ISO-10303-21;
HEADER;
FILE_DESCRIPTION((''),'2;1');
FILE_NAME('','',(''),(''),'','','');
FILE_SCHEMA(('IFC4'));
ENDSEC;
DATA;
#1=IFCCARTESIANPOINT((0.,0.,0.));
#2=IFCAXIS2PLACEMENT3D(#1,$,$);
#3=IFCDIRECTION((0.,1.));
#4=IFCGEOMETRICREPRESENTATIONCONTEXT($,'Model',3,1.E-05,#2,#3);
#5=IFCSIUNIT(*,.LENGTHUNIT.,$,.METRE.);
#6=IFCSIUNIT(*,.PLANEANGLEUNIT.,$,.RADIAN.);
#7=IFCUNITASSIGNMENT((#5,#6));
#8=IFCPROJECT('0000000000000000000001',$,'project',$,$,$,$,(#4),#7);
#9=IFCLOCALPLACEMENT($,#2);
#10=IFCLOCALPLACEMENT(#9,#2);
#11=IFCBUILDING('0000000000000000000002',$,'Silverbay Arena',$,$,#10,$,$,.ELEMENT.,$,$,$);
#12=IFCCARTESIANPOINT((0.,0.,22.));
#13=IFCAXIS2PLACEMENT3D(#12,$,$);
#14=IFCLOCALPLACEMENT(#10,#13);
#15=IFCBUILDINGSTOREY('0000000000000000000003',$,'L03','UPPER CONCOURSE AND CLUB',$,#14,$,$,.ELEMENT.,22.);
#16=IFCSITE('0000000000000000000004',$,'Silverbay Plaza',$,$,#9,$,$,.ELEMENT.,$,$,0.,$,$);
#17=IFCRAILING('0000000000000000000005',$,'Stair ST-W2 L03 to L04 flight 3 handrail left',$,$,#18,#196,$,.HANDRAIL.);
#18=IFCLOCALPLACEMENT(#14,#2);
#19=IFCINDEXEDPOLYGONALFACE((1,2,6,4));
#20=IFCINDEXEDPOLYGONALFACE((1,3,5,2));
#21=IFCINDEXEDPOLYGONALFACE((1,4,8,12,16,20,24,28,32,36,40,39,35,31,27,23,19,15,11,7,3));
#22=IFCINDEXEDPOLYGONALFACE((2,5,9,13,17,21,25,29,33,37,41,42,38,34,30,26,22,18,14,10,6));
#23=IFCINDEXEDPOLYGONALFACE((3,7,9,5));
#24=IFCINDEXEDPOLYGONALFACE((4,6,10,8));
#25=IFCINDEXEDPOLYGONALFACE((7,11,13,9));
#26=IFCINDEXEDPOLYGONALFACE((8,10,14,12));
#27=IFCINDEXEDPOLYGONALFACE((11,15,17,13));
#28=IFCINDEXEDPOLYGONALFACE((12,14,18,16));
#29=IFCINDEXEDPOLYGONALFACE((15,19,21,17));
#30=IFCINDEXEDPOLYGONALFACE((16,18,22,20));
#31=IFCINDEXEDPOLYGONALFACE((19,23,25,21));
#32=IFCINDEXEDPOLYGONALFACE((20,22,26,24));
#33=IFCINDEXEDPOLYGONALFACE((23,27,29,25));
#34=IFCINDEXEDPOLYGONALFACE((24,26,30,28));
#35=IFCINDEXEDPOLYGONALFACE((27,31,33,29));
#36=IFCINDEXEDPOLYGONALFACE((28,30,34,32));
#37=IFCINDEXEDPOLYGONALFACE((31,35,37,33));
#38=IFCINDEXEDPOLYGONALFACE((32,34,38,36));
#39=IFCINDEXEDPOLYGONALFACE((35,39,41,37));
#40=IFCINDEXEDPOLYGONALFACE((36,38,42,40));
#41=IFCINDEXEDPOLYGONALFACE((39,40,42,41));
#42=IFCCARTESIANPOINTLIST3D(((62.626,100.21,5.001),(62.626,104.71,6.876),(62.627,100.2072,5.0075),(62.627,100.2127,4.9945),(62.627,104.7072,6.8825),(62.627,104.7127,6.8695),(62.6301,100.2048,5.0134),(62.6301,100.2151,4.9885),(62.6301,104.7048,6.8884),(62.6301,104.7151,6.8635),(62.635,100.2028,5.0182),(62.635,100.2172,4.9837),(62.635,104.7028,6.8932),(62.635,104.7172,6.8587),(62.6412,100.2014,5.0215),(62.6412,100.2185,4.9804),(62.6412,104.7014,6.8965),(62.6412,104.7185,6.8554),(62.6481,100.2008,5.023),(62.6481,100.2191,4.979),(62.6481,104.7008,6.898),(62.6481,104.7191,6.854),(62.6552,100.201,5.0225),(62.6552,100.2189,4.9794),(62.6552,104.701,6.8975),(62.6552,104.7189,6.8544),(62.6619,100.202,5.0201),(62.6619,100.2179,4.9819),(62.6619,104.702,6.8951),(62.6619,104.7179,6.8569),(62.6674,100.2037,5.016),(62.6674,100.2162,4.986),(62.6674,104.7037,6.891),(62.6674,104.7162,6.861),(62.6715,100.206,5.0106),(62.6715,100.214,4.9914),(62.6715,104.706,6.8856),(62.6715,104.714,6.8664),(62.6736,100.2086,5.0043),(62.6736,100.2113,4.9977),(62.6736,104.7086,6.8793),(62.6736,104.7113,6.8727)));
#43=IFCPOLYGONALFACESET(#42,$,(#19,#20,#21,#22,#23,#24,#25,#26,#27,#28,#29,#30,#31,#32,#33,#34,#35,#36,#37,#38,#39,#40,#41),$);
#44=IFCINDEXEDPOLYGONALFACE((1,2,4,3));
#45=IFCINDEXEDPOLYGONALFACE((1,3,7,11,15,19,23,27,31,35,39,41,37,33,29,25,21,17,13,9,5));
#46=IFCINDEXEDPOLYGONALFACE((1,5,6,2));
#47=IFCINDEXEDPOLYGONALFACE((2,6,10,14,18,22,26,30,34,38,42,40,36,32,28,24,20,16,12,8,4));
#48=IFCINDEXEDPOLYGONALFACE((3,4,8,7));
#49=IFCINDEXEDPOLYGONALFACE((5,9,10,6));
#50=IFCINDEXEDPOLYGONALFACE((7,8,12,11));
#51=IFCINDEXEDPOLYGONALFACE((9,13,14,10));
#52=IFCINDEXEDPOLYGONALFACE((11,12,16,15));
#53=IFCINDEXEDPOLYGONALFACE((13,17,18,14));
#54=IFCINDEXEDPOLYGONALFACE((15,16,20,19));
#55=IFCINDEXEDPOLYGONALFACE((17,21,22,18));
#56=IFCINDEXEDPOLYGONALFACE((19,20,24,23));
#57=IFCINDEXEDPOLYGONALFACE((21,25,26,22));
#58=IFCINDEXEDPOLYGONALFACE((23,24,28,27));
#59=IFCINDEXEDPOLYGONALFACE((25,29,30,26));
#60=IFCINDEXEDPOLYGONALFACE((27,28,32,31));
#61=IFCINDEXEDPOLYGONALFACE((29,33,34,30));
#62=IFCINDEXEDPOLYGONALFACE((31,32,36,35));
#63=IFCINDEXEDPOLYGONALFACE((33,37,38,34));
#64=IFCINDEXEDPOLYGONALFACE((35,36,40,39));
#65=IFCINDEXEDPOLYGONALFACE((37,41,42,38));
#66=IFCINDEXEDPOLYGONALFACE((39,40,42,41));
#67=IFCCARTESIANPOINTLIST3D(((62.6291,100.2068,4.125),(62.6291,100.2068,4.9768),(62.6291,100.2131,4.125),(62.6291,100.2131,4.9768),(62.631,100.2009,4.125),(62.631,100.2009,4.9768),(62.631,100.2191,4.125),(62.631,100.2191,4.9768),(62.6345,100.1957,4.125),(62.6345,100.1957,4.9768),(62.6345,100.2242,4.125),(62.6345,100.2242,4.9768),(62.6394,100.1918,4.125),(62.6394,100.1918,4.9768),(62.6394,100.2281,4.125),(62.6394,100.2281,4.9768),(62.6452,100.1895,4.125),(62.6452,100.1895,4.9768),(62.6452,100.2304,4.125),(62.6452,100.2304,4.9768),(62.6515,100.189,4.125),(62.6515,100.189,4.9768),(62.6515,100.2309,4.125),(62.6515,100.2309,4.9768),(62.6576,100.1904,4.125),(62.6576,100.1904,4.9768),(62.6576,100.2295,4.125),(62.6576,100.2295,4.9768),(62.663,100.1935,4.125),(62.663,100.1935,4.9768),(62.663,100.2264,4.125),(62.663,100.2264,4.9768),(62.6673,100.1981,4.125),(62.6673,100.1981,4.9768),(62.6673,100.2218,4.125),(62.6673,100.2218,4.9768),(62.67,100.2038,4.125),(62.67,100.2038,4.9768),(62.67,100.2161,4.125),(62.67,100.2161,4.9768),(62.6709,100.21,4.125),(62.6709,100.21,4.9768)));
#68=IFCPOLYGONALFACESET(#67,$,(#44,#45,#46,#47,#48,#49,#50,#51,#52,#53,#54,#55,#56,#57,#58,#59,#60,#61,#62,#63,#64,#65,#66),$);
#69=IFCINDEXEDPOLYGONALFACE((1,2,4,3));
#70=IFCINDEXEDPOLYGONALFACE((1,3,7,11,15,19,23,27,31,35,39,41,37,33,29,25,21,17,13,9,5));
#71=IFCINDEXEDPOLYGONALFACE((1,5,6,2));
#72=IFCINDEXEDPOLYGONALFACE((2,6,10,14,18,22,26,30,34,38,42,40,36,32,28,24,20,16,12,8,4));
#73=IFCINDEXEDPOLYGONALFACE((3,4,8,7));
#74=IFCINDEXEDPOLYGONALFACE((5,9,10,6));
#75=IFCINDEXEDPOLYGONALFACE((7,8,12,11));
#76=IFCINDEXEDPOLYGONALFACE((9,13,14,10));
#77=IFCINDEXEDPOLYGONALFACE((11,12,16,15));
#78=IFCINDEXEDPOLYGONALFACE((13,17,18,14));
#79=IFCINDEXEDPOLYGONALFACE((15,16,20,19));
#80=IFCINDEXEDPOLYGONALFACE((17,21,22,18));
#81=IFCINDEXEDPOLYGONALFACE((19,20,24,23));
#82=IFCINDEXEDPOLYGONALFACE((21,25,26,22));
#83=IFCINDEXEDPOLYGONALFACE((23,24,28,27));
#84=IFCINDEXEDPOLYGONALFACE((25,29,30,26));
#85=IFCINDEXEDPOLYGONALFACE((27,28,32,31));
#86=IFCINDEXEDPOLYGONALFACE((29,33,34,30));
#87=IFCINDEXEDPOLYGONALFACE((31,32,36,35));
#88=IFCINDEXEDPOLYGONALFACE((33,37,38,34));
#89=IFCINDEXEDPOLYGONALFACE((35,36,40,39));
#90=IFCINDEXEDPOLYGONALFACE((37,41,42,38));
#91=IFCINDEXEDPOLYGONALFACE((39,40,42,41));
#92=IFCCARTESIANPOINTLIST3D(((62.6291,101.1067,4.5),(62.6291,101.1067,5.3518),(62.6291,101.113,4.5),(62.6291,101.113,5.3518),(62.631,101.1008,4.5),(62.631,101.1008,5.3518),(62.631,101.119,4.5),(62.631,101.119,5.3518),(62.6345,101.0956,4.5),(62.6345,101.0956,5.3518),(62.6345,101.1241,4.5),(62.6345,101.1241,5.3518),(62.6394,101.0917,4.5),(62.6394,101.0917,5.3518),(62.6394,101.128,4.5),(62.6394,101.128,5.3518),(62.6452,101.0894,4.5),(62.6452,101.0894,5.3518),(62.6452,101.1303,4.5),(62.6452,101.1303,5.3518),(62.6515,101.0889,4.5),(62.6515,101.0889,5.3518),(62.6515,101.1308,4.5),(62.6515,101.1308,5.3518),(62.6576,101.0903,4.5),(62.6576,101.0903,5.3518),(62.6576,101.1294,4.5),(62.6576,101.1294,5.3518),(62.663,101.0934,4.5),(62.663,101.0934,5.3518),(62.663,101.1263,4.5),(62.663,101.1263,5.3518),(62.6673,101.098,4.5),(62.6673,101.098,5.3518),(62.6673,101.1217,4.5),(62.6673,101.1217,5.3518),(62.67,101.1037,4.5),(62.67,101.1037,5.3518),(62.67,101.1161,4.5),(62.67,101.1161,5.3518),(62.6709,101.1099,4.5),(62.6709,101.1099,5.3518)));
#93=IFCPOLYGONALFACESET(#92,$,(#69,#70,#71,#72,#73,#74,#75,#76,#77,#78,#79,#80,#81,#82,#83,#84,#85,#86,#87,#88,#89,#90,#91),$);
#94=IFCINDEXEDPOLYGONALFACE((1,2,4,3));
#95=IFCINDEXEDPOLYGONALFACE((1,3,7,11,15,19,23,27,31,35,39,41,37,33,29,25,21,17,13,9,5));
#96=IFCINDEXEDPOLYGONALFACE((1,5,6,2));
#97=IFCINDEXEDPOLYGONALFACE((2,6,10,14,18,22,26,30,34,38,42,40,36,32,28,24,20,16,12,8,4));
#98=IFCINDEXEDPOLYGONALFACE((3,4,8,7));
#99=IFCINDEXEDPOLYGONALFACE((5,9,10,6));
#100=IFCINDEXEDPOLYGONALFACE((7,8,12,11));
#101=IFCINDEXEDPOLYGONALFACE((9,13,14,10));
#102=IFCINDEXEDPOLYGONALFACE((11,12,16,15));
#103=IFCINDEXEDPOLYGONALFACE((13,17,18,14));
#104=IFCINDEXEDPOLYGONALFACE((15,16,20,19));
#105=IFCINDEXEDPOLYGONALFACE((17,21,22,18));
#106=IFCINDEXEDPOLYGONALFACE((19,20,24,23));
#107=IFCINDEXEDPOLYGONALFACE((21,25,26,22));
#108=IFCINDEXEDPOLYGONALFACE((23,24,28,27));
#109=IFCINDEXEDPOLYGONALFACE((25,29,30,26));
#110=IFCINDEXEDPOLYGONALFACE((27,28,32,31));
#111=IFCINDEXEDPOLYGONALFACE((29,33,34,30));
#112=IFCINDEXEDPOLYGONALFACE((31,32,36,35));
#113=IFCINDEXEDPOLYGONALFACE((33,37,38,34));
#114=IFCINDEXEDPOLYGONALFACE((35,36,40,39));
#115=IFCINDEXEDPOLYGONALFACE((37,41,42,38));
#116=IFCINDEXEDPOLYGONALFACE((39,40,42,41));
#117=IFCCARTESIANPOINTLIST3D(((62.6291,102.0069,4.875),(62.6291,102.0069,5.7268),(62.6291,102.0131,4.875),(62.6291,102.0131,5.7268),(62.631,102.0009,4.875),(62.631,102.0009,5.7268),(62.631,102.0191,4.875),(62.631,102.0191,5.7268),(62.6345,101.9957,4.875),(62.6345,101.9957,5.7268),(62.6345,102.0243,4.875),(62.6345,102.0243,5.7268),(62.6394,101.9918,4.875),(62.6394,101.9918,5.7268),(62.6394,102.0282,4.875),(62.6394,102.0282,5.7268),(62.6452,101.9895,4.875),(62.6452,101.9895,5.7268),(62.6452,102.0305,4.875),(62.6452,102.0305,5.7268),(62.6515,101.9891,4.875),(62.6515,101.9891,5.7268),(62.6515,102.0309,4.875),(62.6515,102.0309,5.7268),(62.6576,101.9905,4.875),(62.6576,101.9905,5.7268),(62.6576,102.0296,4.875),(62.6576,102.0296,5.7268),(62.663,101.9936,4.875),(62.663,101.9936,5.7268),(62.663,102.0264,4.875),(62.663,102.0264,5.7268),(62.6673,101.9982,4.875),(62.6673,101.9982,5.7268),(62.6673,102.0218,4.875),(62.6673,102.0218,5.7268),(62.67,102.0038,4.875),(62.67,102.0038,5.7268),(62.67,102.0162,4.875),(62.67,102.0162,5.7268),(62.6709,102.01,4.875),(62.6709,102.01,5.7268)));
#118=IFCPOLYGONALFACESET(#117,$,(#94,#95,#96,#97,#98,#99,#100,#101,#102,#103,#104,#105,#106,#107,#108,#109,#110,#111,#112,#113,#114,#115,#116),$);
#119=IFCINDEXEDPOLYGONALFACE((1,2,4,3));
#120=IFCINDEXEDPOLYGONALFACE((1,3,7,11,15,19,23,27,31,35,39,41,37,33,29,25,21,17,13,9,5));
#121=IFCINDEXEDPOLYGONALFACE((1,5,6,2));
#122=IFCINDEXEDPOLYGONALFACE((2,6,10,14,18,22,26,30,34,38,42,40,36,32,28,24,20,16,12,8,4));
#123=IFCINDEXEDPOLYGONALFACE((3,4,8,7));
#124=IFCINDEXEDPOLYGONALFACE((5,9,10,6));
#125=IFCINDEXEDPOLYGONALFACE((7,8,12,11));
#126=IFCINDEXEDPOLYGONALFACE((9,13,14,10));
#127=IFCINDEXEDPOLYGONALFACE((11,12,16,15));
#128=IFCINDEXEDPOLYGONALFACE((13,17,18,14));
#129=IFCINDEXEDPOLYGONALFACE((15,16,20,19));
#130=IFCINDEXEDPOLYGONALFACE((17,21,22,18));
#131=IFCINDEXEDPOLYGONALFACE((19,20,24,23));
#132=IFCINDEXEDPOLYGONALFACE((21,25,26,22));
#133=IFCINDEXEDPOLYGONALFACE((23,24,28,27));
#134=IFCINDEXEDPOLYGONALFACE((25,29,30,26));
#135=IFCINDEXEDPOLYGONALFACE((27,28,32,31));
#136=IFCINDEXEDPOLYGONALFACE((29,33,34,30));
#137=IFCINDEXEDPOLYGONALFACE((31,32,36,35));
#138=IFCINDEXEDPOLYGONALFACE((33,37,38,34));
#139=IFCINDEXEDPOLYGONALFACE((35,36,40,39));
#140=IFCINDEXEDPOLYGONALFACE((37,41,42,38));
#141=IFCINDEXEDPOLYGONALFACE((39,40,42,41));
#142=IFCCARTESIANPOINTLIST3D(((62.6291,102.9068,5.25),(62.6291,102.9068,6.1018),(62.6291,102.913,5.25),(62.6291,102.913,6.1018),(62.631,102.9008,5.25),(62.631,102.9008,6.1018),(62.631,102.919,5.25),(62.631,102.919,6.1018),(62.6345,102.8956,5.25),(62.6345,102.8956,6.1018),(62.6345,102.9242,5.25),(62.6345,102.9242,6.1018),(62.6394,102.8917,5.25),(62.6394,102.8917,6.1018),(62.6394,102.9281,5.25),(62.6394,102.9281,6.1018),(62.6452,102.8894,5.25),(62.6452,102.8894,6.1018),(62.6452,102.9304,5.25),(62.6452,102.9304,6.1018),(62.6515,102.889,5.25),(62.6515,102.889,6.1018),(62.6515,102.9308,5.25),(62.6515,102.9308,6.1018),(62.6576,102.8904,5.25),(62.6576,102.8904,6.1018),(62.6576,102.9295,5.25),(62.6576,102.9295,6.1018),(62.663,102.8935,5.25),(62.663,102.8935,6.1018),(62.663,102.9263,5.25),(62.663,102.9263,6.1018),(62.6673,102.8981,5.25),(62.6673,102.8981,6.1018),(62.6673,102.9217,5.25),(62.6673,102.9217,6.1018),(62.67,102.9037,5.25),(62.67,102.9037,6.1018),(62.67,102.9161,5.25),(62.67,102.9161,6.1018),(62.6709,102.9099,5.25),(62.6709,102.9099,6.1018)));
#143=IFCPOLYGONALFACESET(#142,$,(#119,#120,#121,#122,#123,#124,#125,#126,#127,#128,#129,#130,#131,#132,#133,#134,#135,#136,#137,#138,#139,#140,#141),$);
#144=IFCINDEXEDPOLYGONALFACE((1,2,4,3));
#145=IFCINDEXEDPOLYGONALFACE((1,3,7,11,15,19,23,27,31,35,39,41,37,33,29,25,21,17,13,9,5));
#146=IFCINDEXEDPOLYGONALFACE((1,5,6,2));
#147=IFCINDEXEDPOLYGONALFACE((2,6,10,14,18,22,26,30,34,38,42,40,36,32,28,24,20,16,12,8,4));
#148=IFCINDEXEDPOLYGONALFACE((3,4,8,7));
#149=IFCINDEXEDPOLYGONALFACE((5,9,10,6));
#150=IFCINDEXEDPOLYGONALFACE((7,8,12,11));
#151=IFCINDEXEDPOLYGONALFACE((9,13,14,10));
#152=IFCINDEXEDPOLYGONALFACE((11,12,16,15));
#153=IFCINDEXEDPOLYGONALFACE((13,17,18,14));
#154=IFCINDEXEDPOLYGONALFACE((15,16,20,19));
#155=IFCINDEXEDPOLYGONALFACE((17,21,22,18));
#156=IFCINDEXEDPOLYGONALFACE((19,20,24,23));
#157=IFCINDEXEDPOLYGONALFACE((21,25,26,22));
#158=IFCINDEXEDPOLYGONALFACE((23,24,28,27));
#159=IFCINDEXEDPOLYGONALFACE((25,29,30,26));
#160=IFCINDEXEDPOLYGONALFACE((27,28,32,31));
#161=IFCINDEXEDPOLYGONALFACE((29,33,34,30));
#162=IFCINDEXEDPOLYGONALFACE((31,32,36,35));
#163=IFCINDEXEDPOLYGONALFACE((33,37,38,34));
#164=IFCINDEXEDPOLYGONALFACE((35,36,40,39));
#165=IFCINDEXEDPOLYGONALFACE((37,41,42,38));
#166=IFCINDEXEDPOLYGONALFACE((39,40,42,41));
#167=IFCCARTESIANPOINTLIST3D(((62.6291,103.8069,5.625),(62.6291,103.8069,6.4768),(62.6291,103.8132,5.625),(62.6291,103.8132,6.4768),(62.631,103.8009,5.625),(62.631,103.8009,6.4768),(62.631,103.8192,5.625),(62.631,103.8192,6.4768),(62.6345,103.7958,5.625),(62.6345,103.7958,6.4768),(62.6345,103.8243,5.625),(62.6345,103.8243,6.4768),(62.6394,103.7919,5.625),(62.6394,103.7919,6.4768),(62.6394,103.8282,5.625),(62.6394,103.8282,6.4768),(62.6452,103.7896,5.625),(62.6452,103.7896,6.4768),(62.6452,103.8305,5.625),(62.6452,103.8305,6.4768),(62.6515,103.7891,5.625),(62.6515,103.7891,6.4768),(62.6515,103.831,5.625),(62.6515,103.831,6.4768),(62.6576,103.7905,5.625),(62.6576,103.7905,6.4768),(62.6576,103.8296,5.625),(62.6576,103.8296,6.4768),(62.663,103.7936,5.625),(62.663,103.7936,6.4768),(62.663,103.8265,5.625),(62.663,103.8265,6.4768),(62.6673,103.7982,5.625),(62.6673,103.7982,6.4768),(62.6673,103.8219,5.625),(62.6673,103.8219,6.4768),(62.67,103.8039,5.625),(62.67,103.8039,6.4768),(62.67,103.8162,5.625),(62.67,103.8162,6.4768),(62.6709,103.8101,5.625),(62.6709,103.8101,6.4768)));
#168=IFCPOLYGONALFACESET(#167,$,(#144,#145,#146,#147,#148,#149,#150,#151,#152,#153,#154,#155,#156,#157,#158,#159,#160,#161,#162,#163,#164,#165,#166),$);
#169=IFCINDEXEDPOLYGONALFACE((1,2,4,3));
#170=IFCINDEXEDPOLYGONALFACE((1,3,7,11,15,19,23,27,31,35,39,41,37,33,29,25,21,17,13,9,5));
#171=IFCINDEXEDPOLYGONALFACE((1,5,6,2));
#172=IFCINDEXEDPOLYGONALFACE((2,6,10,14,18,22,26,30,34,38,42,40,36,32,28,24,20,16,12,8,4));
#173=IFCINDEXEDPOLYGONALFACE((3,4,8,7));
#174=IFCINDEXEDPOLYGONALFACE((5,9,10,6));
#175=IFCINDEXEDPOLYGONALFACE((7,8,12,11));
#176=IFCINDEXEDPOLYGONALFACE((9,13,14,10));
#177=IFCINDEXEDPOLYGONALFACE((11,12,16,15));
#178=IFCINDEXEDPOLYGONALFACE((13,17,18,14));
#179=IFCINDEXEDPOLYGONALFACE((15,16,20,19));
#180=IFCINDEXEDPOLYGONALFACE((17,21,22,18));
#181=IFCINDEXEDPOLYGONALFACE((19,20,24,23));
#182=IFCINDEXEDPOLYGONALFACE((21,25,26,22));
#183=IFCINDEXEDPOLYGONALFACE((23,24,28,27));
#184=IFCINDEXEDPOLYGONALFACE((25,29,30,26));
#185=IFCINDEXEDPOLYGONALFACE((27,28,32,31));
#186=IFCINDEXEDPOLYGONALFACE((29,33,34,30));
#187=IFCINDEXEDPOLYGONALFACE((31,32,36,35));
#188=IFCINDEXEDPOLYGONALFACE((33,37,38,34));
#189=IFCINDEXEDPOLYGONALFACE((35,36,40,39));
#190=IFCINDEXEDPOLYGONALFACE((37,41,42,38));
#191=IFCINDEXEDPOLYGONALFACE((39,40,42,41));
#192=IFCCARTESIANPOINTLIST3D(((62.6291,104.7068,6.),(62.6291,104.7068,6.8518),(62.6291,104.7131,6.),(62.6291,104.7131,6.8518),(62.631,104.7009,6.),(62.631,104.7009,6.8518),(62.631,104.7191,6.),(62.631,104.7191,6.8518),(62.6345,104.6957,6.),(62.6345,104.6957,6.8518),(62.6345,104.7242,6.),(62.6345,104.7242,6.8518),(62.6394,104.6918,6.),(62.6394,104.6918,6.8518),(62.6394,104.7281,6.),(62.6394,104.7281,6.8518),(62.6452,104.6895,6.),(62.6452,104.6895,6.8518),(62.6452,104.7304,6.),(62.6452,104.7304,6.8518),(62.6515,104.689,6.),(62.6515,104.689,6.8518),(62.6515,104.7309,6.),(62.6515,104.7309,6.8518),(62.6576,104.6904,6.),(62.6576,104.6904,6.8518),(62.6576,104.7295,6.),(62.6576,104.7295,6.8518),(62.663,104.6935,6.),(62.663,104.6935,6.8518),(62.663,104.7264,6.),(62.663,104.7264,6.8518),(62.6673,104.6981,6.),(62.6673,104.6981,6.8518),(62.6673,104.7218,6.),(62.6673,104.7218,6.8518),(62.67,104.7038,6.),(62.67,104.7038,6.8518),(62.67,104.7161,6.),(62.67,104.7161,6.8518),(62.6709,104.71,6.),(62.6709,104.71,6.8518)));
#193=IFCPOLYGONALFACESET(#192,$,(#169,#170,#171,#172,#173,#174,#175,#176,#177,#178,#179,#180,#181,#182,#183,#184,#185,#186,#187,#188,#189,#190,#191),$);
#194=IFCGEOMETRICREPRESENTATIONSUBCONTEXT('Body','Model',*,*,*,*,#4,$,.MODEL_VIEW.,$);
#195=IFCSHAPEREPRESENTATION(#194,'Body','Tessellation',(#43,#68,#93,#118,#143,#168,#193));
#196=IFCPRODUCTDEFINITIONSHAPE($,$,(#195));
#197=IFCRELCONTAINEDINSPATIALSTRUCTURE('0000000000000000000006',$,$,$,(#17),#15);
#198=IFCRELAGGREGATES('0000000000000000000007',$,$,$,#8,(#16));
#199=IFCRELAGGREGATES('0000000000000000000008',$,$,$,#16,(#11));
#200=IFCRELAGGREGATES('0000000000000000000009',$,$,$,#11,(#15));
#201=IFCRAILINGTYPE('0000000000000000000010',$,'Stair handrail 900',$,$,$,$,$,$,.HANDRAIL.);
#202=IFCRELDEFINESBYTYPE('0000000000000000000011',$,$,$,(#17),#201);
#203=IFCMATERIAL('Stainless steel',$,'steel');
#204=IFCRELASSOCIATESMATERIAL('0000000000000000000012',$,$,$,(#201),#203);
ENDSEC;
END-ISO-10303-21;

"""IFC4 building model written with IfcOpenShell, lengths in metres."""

from ifc_helpers import new_model, si_unit, direction, frame, origin, origin_2d, place, context, subcontext, project, spatial, circle, extrude, material, type_object, element, save


model = new_model("IFC4")

# Units and contexts
model_context = context("Model", 3, precision=1e-05, world=origin(), true_north=direction((0.0, 1.0)))
body_context = subcontext(model_context, "Body", "Model", "MODEL_VIEW")
ifc_project = project(units=[si_unit("LENGTHUNIT", "METRE"), si_unit("PLANEANGLEUNIT", "RADIAN")], contexts=[model_context])

# Site, building, storey
site_placement = place(None, origin())
site = spatial("IfcSite", under=ifc_project, at=site_placement, Name="Silverbay Plaza", CompositionType="ELEMENT", RefElevation=0.0)
building_placement = place(site_placement, origin())
building = spatial("IfcBuilding", under=site, at=building_placement, Name="Silverbay Arena", CompositionType="ELEMENT")
storey_placement = place(building_placement, frame((0.0, 0.0, 22.0)))
storey = spatial("IfcBuildingStorey", under=building, at=storey_placement, Name="L03", Description="UPPER CONCOURSE AND CLUB", CompositionType="ELEMENT", Elevation=22.0)

# Railing
ifc_material_1 = material(Name="Stainless steel", Category="steel")
railing_type_1 = type_object("IfcRailingType", Name="Stair handrail 900", PredefinedType="HANDRAIL", material=ifc_material_1)
for number, where, name in (
    (1, (62.6499, 100.21, 4.125), "Stair ST-W2 L03 to L04 flight 3 handrail left"),
):
    element("IfcRailing", number, at=place(storey_placement, frame(where)), inside=storey, type_object=railing_type_1, Name=name, PredefinedType="HANDRAIL", context=body_context, shape_type="SweptSolid", body=[
        extrude(circle(Radius=0.0239, at=origin_2d()), frame((0.0, 0.0, 0.876), z_axis=(0.0, 0.923077, 0.384615), x_axis=(-1.0, 0.0, 0.0)), (0.0, 0.0, 1.0), 4.875),
        extrude(circle(Radius=0.021, at=origin_2d()), origin(), (0.0, 0.0, 1.0), 0.8518),
        extrude(circle(Radius=0.021, at=origin_2d()), frame((0.0, 0.8999, 0.375)), (0.0, 0.0, 1.0), 0.8518),
        extrude(circle(Radius=0.021, at=origin_2d()), frame((0.0, 1.8, 0.75)), (0.0, 0.0, 1.0), 0.8518),
        extrude(circle(Radius=0.021, at=origin_2d()), frame((0.0, 2.7, 1.125)), (0.0, 0.0, 1.0), 0.8518),
        extrude(circle(Radius=0.021, at=origin_2d()), frame((0.0, 3.6001, 1.5)), (0.0, 0.0, 1.0), 0.8518),
        extrude(circle(Radius=0.021, at=origin_2d()), frame((0.0, 4.5, 1.875)), (0.0, 0.0, 1.0), 0.8518),
    ])

save(model, "model.ifc")
